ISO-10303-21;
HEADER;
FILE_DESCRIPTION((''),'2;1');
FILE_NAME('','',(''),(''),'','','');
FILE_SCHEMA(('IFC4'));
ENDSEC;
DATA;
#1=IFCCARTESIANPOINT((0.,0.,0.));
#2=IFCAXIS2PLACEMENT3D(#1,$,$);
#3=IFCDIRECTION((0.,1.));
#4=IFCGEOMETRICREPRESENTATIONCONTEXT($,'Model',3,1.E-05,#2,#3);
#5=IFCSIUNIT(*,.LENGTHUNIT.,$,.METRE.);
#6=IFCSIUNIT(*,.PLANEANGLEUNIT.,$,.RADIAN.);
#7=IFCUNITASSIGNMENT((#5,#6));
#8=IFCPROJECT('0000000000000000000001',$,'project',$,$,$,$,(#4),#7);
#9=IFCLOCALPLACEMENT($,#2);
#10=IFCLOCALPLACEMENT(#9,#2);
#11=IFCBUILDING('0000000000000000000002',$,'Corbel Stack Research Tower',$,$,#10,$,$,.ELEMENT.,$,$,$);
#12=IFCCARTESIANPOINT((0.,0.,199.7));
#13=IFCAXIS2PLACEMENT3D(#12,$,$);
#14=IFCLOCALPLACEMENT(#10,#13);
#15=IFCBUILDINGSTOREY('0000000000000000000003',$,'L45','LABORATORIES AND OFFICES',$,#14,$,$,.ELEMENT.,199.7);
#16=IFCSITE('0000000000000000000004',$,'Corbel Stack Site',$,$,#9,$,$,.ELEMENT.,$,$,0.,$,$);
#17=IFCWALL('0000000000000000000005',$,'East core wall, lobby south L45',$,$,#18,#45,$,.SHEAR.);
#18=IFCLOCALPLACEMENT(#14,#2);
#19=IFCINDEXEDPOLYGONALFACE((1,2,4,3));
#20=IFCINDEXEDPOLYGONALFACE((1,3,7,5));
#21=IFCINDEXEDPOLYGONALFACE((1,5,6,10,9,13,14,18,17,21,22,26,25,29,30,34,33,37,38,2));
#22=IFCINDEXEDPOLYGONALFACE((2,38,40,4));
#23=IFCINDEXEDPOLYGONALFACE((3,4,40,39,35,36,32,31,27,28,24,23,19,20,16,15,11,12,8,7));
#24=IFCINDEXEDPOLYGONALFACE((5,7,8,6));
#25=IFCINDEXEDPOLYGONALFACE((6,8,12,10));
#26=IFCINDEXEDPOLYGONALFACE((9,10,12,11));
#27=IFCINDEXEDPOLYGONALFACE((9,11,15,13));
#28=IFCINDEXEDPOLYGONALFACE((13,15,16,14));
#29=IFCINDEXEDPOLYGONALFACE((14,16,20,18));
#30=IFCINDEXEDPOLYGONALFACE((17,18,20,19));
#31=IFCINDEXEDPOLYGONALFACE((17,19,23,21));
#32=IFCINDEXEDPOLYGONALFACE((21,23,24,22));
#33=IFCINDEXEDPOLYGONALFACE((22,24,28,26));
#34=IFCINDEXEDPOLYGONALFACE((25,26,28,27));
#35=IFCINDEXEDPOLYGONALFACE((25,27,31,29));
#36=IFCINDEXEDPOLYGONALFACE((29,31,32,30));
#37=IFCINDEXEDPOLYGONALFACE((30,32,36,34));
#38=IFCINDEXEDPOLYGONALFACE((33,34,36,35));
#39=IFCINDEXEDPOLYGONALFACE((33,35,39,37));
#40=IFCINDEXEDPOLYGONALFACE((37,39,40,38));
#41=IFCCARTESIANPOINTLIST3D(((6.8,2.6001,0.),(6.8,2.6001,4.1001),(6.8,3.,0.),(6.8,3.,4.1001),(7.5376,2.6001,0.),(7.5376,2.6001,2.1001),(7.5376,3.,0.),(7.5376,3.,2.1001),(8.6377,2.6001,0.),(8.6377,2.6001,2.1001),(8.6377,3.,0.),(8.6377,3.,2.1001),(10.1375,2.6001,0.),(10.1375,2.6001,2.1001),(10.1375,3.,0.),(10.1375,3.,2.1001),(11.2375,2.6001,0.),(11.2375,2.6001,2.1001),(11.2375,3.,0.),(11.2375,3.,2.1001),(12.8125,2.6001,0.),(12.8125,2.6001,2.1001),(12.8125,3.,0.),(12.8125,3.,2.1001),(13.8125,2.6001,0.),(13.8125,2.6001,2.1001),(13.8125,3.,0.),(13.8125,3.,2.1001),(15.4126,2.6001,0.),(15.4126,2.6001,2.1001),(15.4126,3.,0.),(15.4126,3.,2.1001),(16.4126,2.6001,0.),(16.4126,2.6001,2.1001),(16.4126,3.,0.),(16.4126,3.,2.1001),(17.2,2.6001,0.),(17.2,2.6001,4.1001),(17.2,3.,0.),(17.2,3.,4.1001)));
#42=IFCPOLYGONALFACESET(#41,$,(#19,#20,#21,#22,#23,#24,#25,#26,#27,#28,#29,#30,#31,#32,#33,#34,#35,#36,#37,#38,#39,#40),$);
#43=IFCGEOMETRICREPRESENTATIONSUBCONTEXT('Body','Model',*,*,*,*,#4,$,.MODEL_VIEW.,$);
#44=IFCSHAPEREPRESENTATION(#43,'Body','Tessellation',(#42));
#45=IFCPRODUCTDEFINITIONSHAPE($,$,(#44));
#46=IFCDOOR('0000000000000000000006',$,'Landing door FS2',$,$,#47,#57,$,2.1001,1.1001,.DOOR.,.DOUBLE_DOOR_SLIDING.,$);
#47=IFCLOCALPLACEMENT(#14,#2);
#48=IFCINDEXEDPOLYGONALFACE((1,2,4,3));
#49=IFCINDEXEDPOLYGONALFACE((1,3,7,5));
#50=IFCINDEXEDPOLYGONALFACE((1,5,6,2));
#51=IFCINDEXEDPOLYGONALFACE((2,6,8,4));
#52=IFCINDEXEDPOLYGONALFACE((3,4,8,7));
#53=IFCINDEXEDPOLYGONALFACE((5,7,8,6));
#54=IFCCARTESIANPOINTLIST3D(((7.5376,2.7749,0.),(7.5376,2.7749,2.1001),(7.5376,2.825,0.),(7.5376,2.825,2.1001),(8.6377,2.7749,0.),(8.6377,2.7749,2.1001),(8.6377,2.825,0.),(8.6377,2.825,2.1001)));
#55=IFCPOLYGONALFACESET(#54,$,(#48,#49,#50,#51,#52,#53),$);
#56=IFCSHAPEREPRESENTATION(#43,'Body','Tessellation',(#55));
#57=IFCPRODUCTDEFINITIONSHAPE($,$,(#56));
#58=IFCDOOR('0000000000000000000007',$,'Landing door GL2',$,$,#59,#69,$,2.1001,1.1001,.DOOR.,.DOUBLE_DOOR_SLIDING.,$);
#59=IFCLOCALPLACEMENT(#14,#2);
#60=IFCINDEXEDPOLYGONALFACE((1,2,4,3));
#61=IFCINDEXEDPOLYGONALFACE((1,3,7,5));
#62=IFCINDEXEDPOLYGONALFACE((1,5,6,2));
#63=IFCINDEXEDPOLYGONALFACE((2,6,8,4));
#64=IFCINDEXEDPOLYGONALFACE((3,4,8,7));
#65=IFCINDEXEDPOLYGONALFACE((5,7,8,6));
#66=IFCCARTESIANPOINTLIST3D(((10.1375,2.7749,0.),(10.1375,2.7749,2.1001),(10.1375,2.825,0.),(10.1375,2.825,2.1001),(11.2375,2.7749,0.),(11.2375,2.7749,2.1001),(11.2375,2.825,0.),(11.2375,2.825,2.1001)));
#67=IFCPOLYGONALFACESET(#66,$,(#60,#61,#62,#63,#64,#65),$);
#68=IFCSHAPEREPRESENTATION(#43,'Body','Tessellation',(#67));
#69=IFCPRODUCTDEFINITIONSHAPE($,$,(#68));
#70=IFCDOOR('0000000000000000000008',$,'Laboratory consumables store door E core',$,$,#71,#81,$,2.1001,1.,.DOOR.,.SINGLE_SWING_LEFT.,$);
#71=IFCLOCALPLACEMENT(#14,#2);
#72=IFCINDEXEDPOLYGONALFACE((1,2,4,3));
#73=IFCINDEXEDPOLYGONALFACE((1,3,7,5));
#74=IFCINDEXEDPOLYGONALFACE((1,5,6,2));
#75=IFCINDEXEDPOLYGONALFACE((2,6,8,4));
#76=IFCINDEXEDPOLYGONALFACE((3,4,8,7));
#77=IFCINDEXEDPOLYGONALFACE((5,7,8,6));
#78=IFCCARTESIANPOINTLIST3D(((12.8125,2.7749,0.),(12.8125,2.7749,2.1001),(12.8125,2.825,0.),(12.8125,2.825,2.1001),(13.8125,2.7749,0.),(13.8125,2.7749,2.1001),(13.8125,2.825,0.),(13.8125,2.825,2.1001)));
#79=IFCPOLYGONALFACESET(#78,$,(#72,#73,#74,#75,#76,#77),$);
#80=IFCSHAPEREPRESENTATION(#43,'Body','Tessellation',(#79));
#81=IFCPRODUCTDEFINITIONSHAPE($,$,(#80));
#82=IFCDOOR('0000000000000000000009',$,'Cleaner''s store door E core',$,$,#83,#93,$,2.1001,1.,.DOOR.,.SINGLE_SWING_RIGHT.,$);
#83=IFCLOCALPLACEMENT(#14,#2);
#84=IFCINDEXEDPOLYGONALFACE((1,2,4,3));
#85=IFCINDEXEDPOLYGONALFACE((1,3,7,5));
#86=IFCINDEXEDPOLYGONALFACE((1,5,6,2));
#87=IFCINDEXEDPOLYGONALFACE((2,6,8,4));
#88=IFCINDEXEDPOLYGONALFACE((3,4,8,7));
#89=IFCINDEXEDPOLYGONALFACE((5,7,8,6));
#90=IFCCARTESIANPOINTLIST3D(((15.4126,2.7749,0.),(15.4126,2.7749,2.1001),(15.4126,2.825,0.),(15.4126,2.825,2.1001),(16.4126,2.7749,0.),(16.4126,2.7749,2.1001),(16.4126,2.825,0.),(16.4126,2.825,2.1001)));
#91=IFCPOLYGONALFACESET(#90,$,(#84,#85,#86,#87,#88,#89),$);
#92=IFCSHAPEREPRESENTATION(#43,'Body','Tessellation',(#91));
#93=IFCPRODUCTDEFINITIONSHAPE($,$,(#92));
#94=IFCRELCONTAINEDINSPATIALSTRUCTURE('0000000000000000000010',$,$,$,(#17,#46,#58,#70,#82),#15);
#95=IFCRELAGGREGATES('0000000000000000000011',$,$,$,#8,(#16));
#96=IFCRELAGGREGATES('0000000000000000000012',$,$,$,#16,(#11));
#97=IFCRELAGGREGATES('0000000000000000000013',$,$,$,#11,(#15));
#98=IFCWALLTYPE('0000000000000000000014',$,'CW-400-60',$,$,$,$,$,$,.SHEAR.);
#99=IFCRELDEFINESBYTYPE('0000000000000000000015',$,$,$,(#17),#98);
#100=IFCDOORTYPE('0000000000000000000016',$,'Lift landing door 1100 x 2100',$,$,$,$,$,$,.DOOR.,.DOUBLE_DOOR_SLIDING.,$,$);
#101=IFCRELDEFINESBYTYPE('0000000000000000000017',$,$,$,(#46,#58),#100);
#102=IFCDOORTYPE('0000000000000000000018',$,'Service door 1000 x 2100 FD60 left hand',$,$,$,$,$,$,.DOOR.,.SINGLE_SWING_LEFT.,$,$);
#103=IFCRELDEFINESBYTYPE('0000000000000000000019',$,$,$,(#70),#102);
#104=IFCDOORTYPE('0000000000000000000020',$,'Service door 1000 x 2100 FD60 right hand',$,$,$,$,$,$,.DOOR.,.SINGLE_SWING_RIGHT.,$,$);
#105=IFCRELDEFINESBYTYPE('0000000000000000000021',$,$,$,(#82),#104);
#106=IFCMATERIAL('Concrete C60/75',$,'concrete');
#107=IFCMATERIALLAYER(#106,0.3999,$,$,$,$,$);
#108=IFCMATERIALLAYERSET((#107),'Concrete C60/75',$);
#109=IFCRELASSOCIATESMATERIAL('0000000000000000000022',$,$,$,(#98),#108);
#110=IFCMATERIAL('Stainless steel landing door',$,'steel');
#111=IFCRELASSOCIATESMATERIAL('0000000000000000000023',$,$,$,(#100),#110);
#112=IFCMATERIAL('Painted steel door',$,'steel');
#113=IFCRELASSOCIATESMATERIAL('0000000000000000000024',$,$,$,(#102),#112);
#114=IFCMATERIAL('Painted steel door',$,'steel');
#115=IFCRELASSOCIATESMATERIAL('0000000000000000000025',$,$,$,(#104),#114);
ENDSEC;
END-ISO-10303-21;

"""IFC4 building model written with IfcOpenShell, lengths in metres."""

from ifc_helpers import new_model, si_unit, direction, frame, frame_2d, origin, place, context, subcontext, project, spatial, rectangle, extrude, material, layer, layer_set, type_object, element, fill, save


model = new_model("IFC4")

# Units and contexts
model_context = context("Model", 3, precision=1e-05, world=origin(), true_north=direction((0.0, 1.0)))
body_context = subcontext(model_context, "Body", "Model", "MODEL_VIEW")
ifc_project = project(units=[si_unit("LENGTHUNIT", "METRE"), si_unit("PLANEANGLEUNIT", "RADIAN")], contexts=[model_context])

# Site, building, storey
site_placement = place(None, origin())
site = spatial("IfcSite", under=ifc_project, at=site_placement, Name="Corbel Stack Site", CompositionType="ELEMENT", RefElevation=0.0)
building_placement = place(site_placement, origin())
building = spatial("IfcBuilding", under=site, at=building_placement, Name="Corbel Stack Research Tower", CompositionType="ELEMENT")
storey_placement = place(building_placement, frame((0.0, 0.0, 199.7)))
storey = spatial("IfcBuildingStorey", under=building, at=storey_placement, Name="L45", Description="LABORATORIES AND OFFICES", CompositionType="ELEMENT", Elevation=199.7)

# Wall, openings, doors
ifc_material_1 = material(Name="Concrete C60/75", Category="concrete")
ifc_layer_1 = layer(ifc_material_1, 0.3999)
ifc_layer_set_1 = layer_set([ifc_layer_1], Name="Concrete C60/75")
wall_type_1 = type_object("IfcWallType", Name="CW-400-60", PredefinedType="SHEAR", material=ifc_layer_set_1)
wall_1_placement = place(storey_placement, frame((6.8, 2.8, 0.0), z_axis=(0.0, 0.0, 1.0), x_axis=(1.0, 0.0, 0.0)))
wall_1 = element("IfcWall", 1, at=wall_1_placement, inside=storey, type_object=wall_type_1, Name="East core wall, lobby south L45", PredefinedType="SHEAR", context=body_context, shape_type="SweptSolid", body=[
    extrude(rectangle(XDim=10.3999, YDim=0.3999, at=frame_2d((5.2, 0.0))), origin(), (0.0, 0.0, 1.0), 4.1001),
])
opening_1_placement = place(wall_1_placement, frame((0.7375, 0.0, 0.0)))
opening_1 = element("IfcOpeningElement", 2, at=opening_1_placement, cuts=wall_1, PredefinedType="OPENING", context=body_context, shape_type="SweptSolid", body=[
    extrude(rectangle(XDim=1.1001, YDim=2.1001, at=frame_2d((0.55, 1.05))), frame((0.0, 0.21, 0.0), z_axis=(0.0, -1.0, 0.0), x_axis=(1.0, 0.0, 0.0)), (0.0, 0.0, 1.0), 0.4199),
])
opening_2_placement = place(wall_1_placement, frame((3.3374, 0.0, 0.0)))
opening_2 = element("IfcOpeningElement", 3, at=opening_2_placement, cuts=wall_1, PredefinedType="OPENING", context=body_context, shape_type="SweptSolid", body=[
    extrude(rectangle(XDim=1.1001, YDim=2.1001, at=frame_2d((0.55, 1.05))), frame((0.0, 0.21, 0.0), z_axis=(0.0, -1.0, 0.0), x_axis=(1.0, 0.0, 0.0)), (0.0, 0.0, 1.0), 0.4199),
])
opening_3_placement = place(wall_1_placement, frame((6.0125, 0.0, 0.0)))
opening_3 = element("IfcOpeningElement", 4, at=opening_3_placement, cuts=wall_1, PredefinedType="OPENING", context=body_context, shape_type="SweptSolid", body=[
    extrude(rectangle(XDim=1.0, YDim=2.1001, at=frame_2d((0.5, 1.05))), frame((0.0, 0.21, 0.0), z_axis=(0.0, -1.0, 0.0), x_axis=(1.0, 0.0, 0.0)), (0.0, 0.0, 1.0), 0.4199),
])
opening_4_placement = place(wall_1_placement, frame((8.6125, 0.0, 0.0)))
opening_4 = element("IfcOpeningElement", 5, at=opening_4_placement, cuts=wall_1, PredefinedType="OPENING", context=body_context, shape_type="SweptSolid", body=[
    extrude(rectangle(XDim=1.0, YDim=2.1001, at=frame_2d((0.5, 1.05))), frame((0.0, 0.21, 0.0), z_axis=(0.0, -1.0, 0.0), x_axis=(1.0, 0.0, 0.0)), (0.0, 0.0, 1.0), 0.4199),
])
ifc_material_2 = material(Name="Stainless steel landing door", Category="steel")
door_type_1 = type_object("IfcDoorType", Name="Lift landing door 1100 x 2100", OperationType="DOUBLE_DOOR_SLIDING", PredefinedType="DOOR", material=ifc_material_2)
door_1_placement = place(opening_1_placement, origin())
door_1 = element("IfcDoor", 6, at=door_1_placement, inside=storey, type_object=door_type_1, Name="Landing door FS2", OperationType="DOUBLE_DOOR_SLIDING", OverallHeight=2.1001, OverallWidth=1.1001, PredefinedType="DOOR", context=body_context, shape_type="SweptSolid", body=[
    extrude(rectangle(XDim=1.1001, YDim=2.1001, at=frame_2d((0.55, 1.05))), frame((0.0, 0.0249, 0.0), z_axis=(0.0, -1.0, 0.0), x_axis=(1.0, 0.0, 0.0)), (0.0, 0.0, 1.0), 0.05),
])
fill(opening_1, door_1)
door_2_placement = place(opening_2_placement, origin())
door_2 = element("IfcDoor", 7, at=door_2_placement, inside=storey, type_object=door_type_1, Name="Landing door GL2", OperationType="DOUBLE_DOOR_SLIDING", OverallHeight=2.1001, OverallWidth=1.1001, PredefinedType="DOOR", context=body_context, shape_type="SweptSolid", body=[
    extrude(rectangle(XDim=1.1001, YDim=2.1001, at=frame_2d((0.55, 1.05))), frame((0.0, 0.0249, 0.0), z_axis=(0.0, -1.0, 0.0), x_axis=(1.0, 0.0, 0.0)), (0.0, 0.0, 1.0), 0.05),
])
fill(opening_2, door_2)
ifc_material_3 = material(Name="Painted steel door", Category="steel")
door_type_2 = type_object("IfcDoorType", Name="Service door 1000 x 2100 FD60 left hand", OperationType="SINGLE_SWING_LEFT", PredefinedType="DOOR", material=ifc_material_3)
door_3_placement = place(opening_3_placement, origin())
door_3 = element("IfcDoor", 8, at=door_3_placement, inside=storey, type_object=door_type_2, Name="Laboratory consumables store door E core", OperationType="SINGLE_SWING_LEFT", OverallHeight=2.1001, OverallWidth=1.0, PredefinedType="DOOR", context=body_context, shape_type="SweptSolid", body=[
    extrude(rectangle(XDim=1.0, YDim=2.1001, at=frame_2d((0.5, 1.05))), frame((0.0, 0.0249, 0.0), z_axis=(0.0, -1.0, 0.0), x_axis=(1.0, 0.0, 0.0)), (0.0, 0.0, 1.0), 0.05),
])
fill(opening_3, door_3)
ifc_material_4 = material(Name="Painted steel door", Category="steel")
door_type_3 = type_object("IfcDoorType", Name="Service door 1000 x 2100 FD60 right hand", OperationType="SINGLE_SWING_RIGHT", PredefinedType="DOOR", material=ifc_material_4)
door_4_placement = place(opening_4_placement, origin())
door_4 = element("IfcDoor", 9, at=door_4_placement, inside=storey, type_object=door_type_3, Name="Cleaner's store door E core", OperationType="SINGLE_SWING_RIGHT", OverallHeight=2.1001, OverallWidth=1.0, PredefinedType="DOOR", context=body_context, shape_type="SweptSolid", body=[
    extrude(rectangle(XDim=1.0, YDim=2.1001, at=frame_2d((0.5, 1.05))), frame((0.0, 0.0249, 0.0), z_axis=(0.0, -1.0, 0.0), x_axis=(1.0, 0.0, 0.0)), (0.0, 0.0, 1.0), 0.05),
])
fill(opening_4, door_4)

save(model, "model.ifc")
